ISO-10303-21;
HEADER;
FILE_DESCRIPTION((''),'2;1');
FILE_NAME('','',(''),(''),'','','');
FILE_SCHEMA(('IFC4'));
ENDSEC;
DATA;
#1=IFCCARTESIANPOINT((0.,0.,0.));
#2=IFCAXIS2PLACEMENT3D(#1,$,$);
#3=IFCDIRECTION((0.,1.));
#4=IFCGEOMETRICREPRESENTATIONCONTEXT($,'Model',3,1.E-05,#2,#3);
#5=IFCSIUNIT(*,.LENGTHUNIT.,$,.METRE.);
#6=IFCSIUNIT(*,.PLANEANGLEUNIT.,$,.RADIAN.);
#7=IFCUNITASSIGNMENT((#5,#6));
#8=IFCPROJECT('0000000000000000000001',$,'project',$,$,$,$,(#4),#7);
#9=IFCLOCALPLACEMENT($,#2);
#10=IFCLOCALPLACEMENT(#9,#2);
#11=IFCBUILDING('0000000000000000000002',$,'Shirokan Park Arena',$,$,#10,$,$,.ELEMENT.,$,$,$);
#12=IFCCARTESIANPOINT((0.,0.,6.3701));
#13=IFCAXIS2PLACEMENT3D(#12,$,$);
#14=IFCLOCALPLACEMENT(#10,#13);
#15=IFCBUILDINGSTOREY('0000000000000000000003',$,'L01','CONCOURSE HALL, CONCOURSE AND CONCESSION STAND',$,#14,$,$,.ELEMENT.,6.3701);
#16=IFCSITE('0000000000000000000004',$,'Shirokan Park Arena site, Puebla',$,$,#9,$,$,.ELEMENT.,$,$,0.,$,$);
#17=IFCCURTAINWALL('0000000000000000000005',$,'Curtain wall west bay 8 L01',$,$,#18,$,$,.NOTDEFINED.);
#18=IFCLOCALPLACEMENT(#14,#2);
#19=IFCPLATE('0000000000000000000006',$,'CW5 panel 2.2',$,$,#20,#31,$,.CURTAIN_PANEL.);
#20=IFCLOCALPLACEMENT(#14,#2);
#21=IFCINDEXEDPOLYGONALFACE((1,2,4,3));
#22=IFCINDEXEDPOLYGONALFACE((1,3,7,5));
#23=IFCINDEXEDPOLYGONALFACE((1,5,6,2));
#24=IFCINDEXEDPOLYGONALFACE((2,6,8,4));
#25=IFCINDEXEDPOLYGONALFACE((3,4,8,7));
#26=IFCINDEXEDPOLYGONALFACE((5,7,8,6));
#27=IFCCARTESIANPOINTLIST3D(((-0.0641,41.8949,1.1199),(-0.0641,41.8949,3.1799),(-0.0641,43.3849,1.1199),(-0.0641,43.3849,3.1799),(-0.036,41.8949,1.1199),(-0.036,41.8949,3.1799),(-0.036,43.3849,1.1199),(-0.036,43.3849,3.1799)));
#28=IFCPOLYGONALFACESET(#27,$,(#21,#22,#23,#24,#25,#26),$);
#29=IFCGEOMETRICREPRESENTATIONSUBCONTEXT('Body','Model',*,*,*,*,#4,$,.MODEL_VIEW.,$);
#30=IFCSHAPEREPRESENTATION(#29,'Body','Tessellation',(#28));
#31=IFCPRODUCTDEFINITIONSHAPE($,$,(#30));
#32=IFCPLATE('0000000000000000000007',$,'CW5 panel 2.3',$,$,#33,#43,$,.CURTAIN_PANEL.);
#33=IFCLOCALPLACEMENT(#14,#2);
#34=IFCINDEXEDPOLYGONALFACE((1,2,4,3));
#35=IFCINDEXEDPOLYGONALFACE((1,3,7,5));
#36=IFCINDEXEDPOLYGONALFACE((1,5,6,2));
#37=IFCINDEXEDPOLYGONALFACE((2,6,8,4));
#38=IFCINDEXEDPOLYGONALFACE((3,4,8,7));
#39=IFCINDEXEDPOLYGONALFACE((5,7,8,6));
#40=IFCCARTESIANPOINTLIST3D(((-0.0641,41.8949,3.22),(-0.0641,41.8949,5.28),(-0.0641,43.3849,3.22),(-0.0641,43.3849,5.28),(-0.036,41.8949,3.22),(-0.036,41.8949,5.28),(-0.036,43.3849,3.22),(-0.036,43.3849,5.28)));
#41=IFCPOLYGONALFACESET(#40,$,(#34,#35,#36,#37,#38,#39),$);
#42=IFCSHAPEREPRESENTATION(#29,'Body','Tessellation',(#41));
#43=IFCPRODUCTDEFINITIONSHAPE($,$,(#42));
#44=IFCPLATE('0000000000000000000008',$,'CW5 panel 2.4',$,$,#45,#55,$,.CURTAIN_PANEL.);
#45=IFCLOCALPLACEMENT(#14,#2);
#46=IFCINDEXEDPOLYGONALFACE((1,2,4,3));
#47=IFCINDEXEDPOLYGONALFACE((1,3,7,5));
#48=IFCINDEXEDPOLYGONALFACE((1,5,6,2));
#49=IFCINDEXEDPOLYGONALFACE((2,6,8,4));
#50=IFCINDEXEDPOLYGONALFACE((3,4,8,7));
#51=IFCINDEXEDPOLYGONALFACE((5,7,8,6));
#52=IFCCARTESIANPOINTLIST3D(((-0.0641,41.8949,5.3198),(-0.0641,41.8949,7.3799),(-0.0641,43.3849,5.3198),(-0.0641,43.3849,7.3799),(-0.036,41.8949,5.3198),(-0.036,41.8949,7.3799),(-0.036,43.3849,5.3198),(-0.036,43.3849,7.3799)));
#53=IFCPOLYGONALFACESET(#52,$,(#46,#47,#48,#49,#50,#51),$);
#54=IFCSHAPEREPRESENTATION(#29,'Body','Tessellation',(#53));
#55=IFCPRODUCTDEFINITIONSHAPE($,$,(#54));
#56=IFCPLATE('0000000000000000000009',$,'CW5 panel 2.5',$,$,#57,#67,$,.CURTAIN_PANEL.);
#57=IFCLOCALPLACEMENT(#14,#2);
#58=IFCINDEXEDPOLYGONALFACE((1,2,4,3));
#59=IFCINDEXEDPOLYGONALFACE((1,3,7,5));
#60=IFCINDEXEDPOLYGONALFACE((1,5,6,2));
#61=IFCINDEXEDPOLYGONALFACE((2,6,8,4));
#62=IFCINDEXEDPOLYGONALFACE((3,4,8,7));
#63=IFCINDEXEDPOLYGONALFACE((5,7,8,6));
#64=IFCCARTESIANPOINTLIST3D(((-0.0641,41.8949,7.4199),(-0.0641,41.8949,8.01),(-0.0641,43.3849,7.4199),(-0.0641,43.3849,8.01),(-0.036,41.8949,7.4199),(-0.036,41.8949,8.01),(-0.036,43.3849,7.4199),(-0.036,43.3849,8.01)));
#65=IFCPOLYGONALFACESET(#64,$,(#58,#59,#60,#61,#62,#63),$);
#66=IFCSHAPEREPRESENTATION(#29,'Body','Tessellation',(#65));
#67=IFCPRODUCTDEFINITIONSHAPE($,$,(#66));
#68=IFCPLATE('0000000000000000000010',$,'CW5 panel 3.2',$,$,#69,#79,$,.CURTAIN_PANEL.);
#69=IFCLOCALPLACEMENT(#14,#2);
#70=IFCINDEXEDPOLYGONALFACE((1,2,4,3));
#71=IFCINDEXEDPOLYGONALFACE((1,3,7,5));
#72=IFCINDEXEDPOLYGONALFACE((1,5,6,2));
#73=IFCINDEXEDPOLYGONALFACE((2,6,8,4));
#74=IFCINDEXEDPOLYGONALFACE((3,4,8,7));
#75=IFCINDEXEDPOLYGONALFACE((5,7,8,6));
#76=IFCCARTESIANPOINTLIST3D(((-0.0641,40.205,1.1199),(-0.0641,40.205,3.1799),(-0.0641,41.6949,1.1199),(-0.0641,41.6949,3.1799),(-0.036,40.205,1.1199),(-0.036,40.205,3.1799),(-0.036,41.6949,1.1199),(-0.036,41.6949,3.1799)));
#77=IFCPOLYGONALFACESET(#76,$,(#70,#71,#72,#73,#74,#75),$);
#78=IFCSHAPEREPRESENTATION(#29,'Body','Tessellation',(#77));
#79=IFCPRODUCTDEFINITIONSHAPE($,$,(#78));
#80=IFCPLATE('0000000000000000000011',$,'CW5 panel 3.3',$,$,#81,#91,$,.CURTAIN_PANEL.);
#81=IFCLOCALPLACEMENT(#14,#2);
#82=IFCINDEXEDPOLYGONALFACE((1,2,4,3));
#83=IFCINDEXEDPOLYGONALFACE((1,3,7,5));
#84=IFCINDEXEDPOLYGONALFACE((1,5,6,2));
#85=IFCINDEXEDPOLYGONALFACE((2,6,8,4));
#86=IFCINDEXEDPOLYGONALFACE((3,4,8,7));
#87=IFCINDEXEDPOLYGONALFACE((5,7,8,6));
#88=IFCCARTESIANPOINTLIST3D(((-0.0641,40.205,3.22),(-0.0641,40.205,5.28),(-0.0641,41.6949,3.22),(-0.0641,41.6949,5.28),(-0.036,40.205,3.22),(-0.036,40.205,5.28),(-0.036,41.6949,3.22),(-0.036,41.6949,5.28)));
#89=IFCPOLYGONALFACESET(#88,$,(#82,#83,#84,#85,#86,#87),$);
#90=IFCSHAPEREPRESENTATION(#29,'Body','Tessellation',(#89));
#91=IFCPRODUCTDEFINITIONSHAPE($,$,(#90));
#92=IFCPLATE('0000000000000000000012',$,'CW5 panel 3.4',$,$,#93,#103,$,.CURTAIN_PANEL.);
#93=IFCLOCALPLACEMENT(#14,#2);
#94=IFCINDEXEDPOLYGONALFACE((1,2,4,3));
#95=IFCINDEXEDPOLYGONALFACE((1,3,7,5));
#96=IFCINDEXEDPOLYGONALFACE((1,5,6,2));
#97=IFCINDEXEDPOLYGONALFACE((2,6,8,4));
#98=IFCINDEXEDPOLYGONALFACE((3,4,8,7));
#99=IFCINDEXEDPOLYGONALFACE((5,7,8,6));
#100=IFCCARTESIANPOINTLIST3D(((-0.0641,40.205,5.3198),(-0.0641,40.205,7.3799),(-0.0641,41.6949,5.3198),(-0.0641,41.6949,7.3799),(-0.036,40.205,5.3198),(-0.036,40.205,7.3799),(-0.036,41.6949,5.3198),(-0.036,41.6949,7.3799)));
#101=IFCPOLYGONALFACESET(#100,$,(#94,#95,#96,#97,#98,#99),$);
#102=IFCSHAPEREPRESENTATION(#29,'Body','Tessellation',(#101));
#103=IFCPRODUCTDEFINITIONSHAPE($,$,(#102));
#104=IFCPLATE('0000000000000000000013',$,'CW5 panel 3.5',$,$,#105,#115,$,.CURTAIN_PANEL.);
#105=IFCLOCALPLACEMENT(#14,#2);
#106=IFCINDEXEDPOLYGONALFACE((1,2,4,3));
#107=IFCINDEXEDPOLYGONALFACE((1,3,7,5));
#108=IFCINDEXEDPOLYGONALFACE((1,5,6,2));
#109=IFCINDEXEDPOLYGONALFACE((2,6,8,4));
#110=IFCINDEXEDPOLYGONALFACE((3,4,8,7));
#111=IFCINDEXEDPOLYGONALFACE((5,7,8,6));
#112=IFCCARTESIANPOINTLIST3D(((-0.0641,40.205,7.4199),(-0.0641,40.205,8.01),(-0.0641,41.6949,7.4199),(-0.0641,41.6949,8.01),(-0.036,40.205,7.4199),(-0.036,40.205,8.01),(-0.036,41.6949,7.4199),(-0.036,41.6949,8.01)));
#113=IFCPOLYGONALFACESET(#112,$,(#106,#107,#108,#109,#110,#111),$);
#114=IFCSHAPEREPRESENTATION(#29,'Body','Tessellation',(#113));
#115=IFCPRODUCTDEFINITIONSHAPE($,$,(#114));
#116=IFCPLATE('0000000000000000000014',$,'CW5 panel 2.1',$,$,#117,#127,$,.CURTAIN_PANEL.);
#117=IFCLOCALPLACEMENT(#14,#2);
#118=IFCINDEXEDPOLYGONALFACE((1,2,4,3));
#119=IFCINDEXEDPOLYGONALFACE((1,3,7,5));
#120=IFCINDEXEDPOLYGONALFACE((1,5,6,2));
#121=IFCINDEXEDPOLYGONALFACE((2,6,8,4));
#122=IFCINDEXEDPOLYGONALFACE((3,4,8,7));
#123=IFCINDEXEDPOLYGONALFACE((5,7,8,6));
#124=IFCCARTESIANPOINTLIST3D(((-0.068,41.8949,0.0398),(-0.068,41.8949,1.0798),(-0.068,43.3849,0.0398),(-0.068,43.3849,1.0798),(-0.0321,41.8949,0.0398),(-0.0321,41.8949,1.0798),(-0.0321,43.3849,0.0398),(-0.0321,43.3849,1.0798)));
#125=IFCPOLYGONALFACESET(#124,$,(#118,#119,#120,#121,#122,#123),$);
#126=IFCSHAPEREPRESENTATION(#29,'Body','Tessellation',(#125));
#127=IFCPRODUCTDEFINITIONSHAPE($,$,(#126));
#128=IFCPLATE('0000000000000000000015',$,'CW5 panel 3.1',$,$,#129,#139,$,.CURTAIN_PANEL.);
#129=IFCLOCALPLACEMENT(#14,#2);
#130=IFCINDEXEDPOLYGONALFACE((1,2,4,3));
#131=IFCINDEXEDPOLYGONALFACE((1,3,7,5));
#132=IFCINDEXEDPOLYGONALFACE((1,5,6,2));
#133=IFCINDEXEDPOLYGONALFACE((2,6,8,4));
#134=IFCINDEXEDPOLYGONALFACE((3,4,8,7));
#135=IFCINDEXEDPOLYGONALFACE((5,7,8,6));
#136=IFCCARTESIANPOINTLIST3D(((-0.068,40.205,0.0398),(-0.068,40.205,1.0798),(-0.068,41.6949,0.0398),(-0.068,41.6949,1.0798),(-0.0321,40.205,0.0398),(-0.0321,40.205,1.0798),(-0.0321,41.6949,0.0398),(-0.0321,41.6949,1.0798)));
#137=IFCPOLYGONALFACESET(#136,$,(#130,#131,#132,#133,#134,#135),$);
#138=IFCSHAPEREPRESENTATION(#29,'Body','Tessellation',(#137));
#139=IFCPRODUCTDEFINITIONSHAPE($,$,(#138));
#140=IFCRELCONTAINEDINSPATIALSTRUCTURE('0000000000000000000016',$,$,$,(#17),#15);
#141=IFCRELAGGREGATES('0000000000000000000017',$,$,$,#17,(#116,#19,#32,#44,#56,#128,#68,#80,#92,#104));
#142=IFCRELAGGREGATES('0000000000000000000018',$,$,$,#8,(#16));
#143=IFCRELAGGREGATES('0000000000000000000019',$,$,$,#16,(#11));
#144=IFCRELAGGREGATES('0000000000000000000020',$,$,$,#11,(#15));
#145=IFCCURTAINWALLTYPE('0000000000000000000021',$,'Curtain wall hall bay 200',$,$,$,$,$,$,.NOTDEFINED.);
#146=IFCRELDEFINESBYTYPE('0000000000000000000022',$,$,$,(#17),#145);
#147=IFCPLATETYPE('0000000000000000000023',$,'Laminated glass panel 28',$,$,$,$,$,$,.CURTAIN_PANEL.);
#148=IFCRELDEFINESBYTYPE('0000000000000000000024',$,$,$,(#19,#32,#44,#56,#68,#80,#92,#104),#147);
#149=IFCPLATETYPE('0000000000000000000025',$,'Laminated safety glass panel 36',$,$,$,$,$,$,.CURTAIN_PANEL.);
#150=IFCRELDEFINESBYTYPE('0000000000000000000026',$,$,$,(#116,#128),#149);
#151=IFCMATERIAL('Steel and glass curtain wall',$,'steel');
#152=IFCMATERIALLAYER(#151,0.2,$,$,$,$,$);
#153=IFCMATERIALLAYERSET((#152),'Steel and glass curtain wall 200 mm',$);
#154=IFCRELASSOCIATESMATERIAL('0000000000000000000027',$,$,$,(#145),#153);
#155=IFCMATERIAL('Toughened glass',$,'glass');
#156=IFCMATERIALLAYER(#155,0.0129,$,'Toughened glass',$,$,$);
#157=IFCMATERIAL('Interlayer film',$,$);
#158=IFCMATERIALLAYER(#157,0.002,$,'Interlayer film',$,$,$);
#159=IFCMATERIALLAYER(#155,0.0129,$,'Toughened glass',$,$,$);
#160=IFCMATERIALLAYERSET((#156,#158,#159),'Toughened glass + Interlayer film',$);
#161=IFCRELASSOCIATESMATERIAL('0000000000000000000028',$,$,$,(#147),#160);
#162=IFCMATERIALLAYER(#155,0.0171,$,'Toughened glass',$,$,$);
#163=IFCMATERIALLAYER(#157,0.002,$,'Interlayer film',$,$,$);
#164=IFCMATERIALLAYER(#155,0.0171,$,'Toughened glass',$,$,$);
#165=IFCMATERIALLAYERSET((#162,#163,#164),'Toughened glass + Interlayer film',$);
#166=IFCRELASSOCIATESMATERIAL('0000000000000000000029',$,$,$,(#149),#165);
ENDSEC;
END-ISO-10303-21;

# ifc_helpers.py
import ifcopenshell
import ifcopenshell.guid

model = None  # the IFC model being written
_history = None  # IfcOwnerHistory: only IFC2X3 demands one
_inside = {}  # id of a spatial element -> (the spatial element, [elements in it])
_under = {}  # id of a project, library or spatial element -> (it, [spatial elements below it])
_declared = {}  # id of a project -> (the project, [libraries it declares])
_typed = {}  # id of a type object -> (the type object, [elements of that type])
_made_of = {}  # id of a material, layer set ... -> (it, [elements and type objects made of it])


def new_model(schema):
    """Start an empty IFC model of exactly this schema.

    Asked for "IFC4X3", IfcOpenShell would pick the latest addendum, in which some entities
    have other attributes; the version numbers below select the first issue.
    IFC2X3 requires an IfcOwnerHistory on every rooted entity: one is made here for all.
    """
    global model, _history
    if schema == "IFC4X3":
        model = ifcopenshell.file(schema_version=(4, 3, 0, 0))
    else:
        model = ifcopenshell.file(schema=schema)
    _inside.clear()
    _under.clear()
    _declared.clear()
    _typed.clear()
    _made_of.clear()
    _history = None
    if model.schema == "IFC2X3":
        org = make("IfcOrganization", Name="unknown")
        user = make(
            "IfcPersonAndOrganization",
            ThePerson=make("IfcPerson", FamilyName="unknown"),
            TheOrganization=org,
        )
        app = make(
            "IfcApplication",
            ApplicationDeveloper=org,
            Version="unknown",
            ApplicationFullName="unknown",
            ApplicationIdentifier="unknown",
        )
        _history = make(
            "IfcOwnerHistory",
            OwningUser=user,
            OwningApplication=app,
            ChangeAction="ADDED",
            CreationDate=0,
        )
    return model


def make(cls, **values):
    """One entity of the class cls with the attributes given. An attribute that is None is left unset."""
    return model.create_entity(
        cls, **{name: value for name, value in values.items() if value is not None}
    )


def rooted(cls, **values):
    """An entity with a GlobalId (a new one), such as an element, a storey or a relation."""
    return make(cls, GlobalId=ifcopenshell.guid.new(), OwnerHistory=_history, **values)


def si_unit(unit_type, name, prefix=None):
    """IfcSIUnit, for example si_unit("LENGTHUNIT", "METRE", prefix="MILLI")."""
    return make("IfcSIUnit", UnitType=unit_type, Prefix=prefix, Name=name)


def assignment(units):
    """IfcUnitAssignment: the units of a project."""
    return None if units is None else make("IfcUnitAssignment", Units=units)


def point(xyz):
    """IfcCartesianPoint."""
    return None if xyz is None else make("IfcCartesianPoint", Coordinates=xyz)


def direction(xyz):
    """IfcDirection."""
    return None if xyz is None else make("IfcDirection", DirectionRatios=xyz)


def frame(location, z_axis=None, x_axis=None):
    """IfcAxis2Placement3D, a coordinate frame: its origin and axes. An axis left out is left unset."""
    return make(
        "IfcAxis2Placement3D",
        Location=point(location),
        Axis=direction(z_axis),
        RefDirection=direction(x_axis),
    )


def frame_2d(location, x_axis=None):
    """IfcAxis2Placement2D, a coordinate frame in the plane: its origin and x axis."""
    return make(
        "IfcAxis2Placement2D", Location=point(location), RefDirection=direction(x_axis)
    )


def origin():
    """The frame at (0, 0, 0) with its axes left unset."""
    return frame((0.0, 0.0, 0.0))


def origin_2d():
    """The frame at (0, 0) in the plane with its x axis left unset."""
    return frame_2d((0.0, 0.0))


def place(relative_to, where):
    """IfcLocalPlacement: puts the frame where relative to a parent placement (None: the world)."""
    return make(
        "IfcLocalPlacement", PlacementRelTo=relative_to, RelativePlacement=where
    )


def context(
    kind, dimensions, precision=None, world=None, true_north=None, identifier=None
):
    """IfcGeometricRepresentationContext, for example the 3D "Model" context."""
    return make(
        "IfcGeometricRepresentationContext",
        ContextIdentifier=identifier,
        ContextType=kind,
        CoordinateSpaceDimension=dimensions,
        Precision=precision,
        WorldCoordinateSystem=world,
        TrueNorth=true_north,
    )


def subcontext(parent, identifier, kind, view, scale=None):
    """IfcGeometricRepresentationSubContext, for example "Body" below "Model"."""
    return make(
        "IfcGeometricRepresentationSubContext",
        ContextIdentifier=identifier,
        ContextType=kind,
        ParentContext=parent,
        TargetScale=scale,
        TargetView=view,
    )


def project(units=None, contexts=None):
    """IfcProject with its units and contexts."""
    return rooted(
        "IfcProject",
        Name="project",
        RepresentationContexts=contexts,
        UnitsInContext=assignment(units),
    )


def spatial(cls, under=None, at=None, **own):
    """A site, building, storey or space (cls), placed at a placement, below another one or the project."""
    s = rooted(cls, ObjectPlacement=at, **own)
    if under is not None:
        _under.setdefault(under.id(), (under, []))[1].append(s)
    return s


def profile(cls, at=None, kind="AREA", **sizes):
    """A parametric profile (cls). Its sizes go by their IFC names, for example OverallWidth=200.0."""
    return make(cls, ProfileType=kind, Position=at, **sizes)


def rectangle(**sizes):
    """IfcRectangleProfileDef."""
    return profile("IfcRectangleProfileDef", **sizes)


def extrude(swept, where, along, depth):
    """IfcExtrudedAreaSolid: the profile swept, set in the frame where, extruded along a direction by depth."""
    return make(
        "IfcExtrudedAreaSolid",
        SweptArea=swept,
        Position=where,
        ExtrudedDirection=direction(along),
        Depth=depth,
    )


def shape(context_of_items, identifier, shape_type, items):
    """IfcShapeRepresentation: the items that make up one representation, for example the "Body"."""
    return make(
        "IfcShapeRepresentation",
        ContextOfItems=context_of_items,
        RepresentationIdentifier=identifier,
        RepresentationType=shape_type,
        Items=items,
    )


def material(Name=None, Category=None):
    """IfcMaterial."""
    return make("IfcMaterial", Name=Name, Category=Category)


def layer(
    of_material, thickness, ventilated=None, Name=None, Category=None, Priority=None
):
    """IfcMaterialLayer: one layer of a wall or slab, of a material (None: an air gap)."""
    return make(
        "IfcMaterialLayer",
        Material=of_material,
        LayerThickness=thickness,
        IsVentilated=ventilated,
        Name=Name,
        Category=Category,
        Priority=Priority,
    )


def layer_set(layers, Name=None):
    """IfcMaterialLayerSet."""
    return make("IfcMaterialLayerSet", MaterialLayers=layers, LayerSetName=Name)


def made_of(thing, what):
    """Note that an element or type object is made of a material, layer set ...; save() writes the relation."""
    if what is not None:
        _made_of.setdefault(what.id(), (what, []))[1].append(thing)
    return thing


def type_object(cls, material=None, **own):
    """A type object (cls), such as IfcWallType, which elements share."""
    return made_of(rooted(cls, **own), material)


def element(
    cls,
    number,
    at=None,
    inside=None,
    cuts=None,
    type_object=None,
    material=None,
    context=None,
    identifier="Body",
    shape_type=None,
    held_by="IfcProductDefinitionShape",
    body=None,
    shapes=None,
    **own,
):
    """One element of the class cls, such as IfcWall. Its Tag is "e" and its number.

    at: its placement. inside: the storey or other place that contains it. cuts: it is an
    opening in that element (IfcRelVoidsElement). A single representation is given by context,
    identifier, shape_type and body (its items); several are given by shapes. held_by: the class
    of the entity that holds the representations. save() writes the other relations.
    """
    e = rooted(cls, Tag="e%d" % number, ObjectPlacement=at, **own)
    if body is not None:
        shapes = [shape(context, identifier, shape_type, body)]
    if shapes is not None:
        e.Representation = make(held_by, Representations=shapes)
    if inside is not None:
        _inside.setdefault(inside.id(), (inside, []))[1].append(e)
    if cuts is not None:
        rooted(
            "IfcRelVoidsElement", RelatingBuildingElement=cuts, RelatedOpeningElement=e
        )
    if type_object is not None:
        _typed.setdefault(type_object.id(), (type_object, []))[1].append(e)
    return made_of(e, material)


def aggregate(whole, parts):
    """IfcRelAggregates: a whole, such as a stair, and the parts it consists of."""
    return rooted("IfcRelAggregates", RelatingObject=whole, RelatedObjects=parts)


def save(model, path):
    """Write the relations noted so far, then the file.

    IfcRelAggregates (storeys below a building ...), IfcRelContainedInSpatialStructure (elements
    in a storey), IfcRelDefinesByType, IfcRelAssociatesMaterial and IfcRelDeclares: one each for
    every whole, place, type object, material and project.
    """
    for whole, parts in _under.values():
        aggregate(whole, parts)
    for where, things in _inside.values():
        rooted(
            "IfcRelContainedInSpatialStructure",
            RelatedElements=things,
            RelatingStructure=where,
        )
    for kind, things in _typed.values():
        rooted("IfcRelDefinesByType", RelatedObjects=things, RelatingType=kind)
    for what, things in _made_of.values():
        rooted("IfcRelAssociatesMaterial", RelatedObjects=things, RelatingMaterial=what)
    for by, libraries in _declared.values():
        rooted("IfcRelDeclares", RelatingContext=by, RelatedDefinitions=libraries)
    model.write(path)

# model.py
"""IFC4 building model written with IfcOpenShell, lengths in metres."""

from ifc_helpers import new_model, si_unit, direction, frame, origin, origin_2d, place, context, subcontext, project, spatial, rectangle, extrude, material, layer, layer_set, type_object, element, aggregate, save


model = new_model("IFC4")

# Units and contexts
model_context = context("Model", 3, precision=1e-05, world=origin(), true_north=direction((0.0, 1.0)))
body_context = subcontext(model_context, "Body", "Model", "MODEL_VIEW")
ifc_project = project(units=[si_unit("LENGTHUNIT", "METRE"), si_unit("PLANEANGLEUNIT", "RADIAN")], contexts=[model_context])

# Site, building, storey
site_placement = place(None, origin())
site = spatial("IfcSite", under=ifc_project, at=site_placement, Name="Shirokan Park Arena site, Puebla", CompositionType="ELEMENT", RefElevation=0.0)
building_placement = place(site_placement, origin())
building = spatial("IfcBuilding", under=site, at=building_placement, Name="Shirokan Park Arena", CompositionType="ELEMENT")
storey_placement = place(building_placement, frame((0.0, 0.0, 6.3701)))
storey = spatial("IfcBuildingStorey", under=building, at=storey_placement, Name="L01", Description="CONCOURSE HALL, CONCOURSE AND CONCESSION STAND", CompositionType="ELEMENT", Elevation=6.3701)

# Curtain wall, plates
ifc_material_1 = material(Name="Steel and glass curtain wall", Category="steel")
ifc_layer_1 = layer(ifc_material_1, 0.2)
ifc_layer_set_1 = layer_set([ifc_layer_1], Name="Steel and glass curtain wall 200 mm")
curtain_wall_type = type_object("IfcCurtainWallType", Name="Curtain wall hall bay 200", PredefinedType="NOTDEFINED", material=ifc_layer_set_1)
curtain_wall_placement = place(storey_placement, origin())
curtain_wall = element("IfcCurtainWall", 1, at=curtain_wall_placement, inside=storey, type_object=curtain_wall_type, Name="Curtain wall west bay 8 L01", PredefinedType="NOTDEFINED")
ifc_material_2 = material(Name="Toughened glass", Category="glass")
ifc_layer_2 = layer(ifc_material_2, 0.0129, Name="Toughened glass")
ifc_material_3 = material(Name="Interlayer film")
ifc_layer_3 = layer(ifc_material_3, 0.002, Name="Interlayer film")
ifc_layer_4 = layer(ifc_material_2, 0.0129, Name="Toughened glass")
ifc_layer_set_2 = layer_set([ifc_layer_2, ifc_layer_3, ifc_layer_4], Name="Toughened glass + Interlayer film")
plate_type_1 = type_object("IfcPlateType", Name="Laminated glass panel 28", PredefinedType="CURTAIN_PANEL", material=ifc_layer_set_2)
plate_1_placement = place(storey_placement, frame((-0.05, 42.6399, 1.1199), z_axis=(0.0, 0.0, 1.0), x_axis=(0.0, -1.0, 0.0)))
plate_1 = element("IfcPlate", 2, at=plate_1_placement, type_object=plate_type_1, Name="CW5 panel 2.2", PredefinedType="CURTAIN_PANEL", context=body_context, shape_type="SweptSolid", body=[
    extrude(rectangle(XDim=1.49, YDim=0.0281, at=origin_2d()), origin(), (0.0, 0.0, 1.0), 2.0601),
])
plate_2_placement = place(storey_placement, frame((-0.05, 42.6399, 3.22), z_axis=(0.0, 0.0, 1.0), x_axis=(0.0, -1.0, 0.0)))
plate_2 = element("IfcPlate", 3, at=plate_2_placement, type_object=plate_type_1, Name="CW5 panel 2.3", PredefinedType="CURTAIN_PANEL", context=body_context, shape_type="SweptSolid", body=[
    extrude(rectangle(XDim=1.49, YDim=0.0281, at=origin_2d()), origin(), (0.0, 0.0, 1.0), 2.0601),
])
plate_3_placement = place(storey_placement, frame((-0.05, 42.6399, 5.3198), z_axis=(0.0, 0.0, 1.0), x_axis=(0.0, -1.0, 0.0)))
plate_3 = element("IfcPlate", 4, at=plate_3_placement, type_object=plate_type_1, Name="CW5 panel 2.4", PredefinedType="CURTAIN_PANEL", context=body_context, shape_type="SweptSolid", body=[
    extrude(rectangle(XDim=1.49, YDim=0.0281, at=origin_2d()), origin(), (0.0, 0.0, 1.0), 2.0601),
])
plate_4_placement = place(storey_placement, frame((-0.05, 42.6399, 7.4199), z_axis=(0.0, 0.0, 1.0), x_axis=(0.0, -1.0, 0.0)))
plate_4 = element("IfcPlate", 5, at=plate_4_placement, type_object=plate_type_1, Name="CW5 panel 2.5", PredefinedType="CURTAIN_PANEL", context=body_context, shape_type="SweptSolid", body=[
    extrude(rectangle(XDim=1.49, YDim=0.0281, at=origin_2d()), origin(), (0.0, 0.0, 1.0), 0.5901),
])
plate_5_placement = place(storey_placement, frame((-0.05, 40.95, 1.1199), z_axis=(0.0, 0.0, 1.0), x_axis=(0.0, -1.0, 0.0)))
plate_5 = element("IfcPlate", 6, at=plate_5_placement, type_object=plate_type_1, Name="CW5 panel 3.2", PredefinedType="CURTAIN_PANEL", context=body_context, shape_type="SweptSolid", body=[
    extrude(rectangle(XDim=1.49, YDim=0.0281, at=origin_2d()), origin(), (0.0, 0.0, 1.0), 2.0601),
])
plate_6_placement = place(storey_placement, frame((-0.05, 40.95, 3.22), z_axis=(0.0, 0.0, 1.0), x_axis=(0.0, -1.0, 0.0)))
plate_6 = element("IfcPlate", 7, at=plate_6_placement, type_object=plate_type_1, Name="CW5 panel 3.3", PredefinedType="CURTAIN_PANEL", context=body_context, shape_type="SweptSolid", body=[
    extrude(rectangle(XDim=1.49, YDim=0.0281, at=origin_2d()), origin(), (0.0, 0.0, 1.0), 2.0601),
])
plate_7_placement = place(storey_placement, frame((-0.05, 40.95, 5.3198), z_axis=(0.0, 0.0, 1.0), x_axis=(0.0, -1.0, 0.0)))
plate_7 = element("IfcPlate", 8, at=plate_7_placement, type_object=plate_type_1, Name="CW5 panel 3.4", PredefinedType="CURTAIN_PANEL", context=body_context, shape_type="SweptSolid", body=[
    extrude(rectangle(XDim=1.49, YDim=0.0281, at=origin_2d()), origin(), (0.0, 0.0, 1.0), 2.0601),
])
plate_8_placement = place(storey_placement, frame((-0.05, 40.95, 7.4199), z_axis=(0.0, 0.0, 1.0), x_axis=(0.0, -1.0, 0.0)))
plate_8 = element("IfcPlate", 9, at=plate_8_placement, type_object=plate_type_1, Name="CW5 panel 3.5", PredefinedType="CURTAIN_PANEL", context=body_context, shape_type="SweptSolid", body=[
    extrude(rectangle(XDim=1.49, YDim=0.0281, at=origin_2d()), origin(), (0.0, 0.0, 1.0), 0.5901),
])
ifc_layer_5 = layer(ifc_material_2, 0.0171, Name="Toughened glass")
ifc_layer_6 = layer(ifc_material_3, 0.002, Name="Interlayer film")
ifc_layer_7 = layer(ifc_material_2, 0.0171, Name="Toughened glass")
ifc_layer_set_3 = layer_set([ifc_layer_5, ifc_layer_6, ifc_layer_7], Name="Toughened glass + Interlayer film")
plate_type_2 = type_object("IfcPlateType", Name="Laminated safety glass panel 36", PredefinedType="CURTAIN_PANEL", material=ifc_layer_set_3)
plate_9_placement = place(storey_placement, frame((-0.05, 42.6399, 0.0398), z_axis=(0.0, 0.0, 1.0), x_axis=(0.0, -1.0, 0.0)))
plate_9 = element("IfcPlate", 10, at=plate_9_placement, type_object=plate_type_2, Name="CW5 panel 2.1", PredefinedType="CURTAIN_PANEL", context=body_context, shape_type="SweptSolid", body=[
    extrude(rectangle(XDim=1.49, YDim=0.0359, at=origin_2d()), origin(), (0.0, 0.0, 1.0), 1.04),
])
plate_10_placement = place(storey_placement, frame((-0.05, 40.95, 0.0398), z_axis=(0.0, 0.0, 1.0), x_axis=(0.0, -1.0, 0.0)))
plate_10 = element("IfcPlate", 11, at=plate_10_placement, type_object=plate_type_2, Name="CW5 panel 3.1", PredefinedType="CURTAIN_PANEL", context=body_context, shape_type="SweptSolid", body=[
    extrude(rectangle(XDim=1.49, YDim=0.0359, at=origin_2d()), origin(), (0.0, 0.0, 1.0), 1.04),
])
aggregate(curtain_wall, [plate_9, plate_1, plate_2, plate_3, plate_4, plate_10, plate_5, plate_6, plate_7, plate_8])

save(model, "model.ifc")
